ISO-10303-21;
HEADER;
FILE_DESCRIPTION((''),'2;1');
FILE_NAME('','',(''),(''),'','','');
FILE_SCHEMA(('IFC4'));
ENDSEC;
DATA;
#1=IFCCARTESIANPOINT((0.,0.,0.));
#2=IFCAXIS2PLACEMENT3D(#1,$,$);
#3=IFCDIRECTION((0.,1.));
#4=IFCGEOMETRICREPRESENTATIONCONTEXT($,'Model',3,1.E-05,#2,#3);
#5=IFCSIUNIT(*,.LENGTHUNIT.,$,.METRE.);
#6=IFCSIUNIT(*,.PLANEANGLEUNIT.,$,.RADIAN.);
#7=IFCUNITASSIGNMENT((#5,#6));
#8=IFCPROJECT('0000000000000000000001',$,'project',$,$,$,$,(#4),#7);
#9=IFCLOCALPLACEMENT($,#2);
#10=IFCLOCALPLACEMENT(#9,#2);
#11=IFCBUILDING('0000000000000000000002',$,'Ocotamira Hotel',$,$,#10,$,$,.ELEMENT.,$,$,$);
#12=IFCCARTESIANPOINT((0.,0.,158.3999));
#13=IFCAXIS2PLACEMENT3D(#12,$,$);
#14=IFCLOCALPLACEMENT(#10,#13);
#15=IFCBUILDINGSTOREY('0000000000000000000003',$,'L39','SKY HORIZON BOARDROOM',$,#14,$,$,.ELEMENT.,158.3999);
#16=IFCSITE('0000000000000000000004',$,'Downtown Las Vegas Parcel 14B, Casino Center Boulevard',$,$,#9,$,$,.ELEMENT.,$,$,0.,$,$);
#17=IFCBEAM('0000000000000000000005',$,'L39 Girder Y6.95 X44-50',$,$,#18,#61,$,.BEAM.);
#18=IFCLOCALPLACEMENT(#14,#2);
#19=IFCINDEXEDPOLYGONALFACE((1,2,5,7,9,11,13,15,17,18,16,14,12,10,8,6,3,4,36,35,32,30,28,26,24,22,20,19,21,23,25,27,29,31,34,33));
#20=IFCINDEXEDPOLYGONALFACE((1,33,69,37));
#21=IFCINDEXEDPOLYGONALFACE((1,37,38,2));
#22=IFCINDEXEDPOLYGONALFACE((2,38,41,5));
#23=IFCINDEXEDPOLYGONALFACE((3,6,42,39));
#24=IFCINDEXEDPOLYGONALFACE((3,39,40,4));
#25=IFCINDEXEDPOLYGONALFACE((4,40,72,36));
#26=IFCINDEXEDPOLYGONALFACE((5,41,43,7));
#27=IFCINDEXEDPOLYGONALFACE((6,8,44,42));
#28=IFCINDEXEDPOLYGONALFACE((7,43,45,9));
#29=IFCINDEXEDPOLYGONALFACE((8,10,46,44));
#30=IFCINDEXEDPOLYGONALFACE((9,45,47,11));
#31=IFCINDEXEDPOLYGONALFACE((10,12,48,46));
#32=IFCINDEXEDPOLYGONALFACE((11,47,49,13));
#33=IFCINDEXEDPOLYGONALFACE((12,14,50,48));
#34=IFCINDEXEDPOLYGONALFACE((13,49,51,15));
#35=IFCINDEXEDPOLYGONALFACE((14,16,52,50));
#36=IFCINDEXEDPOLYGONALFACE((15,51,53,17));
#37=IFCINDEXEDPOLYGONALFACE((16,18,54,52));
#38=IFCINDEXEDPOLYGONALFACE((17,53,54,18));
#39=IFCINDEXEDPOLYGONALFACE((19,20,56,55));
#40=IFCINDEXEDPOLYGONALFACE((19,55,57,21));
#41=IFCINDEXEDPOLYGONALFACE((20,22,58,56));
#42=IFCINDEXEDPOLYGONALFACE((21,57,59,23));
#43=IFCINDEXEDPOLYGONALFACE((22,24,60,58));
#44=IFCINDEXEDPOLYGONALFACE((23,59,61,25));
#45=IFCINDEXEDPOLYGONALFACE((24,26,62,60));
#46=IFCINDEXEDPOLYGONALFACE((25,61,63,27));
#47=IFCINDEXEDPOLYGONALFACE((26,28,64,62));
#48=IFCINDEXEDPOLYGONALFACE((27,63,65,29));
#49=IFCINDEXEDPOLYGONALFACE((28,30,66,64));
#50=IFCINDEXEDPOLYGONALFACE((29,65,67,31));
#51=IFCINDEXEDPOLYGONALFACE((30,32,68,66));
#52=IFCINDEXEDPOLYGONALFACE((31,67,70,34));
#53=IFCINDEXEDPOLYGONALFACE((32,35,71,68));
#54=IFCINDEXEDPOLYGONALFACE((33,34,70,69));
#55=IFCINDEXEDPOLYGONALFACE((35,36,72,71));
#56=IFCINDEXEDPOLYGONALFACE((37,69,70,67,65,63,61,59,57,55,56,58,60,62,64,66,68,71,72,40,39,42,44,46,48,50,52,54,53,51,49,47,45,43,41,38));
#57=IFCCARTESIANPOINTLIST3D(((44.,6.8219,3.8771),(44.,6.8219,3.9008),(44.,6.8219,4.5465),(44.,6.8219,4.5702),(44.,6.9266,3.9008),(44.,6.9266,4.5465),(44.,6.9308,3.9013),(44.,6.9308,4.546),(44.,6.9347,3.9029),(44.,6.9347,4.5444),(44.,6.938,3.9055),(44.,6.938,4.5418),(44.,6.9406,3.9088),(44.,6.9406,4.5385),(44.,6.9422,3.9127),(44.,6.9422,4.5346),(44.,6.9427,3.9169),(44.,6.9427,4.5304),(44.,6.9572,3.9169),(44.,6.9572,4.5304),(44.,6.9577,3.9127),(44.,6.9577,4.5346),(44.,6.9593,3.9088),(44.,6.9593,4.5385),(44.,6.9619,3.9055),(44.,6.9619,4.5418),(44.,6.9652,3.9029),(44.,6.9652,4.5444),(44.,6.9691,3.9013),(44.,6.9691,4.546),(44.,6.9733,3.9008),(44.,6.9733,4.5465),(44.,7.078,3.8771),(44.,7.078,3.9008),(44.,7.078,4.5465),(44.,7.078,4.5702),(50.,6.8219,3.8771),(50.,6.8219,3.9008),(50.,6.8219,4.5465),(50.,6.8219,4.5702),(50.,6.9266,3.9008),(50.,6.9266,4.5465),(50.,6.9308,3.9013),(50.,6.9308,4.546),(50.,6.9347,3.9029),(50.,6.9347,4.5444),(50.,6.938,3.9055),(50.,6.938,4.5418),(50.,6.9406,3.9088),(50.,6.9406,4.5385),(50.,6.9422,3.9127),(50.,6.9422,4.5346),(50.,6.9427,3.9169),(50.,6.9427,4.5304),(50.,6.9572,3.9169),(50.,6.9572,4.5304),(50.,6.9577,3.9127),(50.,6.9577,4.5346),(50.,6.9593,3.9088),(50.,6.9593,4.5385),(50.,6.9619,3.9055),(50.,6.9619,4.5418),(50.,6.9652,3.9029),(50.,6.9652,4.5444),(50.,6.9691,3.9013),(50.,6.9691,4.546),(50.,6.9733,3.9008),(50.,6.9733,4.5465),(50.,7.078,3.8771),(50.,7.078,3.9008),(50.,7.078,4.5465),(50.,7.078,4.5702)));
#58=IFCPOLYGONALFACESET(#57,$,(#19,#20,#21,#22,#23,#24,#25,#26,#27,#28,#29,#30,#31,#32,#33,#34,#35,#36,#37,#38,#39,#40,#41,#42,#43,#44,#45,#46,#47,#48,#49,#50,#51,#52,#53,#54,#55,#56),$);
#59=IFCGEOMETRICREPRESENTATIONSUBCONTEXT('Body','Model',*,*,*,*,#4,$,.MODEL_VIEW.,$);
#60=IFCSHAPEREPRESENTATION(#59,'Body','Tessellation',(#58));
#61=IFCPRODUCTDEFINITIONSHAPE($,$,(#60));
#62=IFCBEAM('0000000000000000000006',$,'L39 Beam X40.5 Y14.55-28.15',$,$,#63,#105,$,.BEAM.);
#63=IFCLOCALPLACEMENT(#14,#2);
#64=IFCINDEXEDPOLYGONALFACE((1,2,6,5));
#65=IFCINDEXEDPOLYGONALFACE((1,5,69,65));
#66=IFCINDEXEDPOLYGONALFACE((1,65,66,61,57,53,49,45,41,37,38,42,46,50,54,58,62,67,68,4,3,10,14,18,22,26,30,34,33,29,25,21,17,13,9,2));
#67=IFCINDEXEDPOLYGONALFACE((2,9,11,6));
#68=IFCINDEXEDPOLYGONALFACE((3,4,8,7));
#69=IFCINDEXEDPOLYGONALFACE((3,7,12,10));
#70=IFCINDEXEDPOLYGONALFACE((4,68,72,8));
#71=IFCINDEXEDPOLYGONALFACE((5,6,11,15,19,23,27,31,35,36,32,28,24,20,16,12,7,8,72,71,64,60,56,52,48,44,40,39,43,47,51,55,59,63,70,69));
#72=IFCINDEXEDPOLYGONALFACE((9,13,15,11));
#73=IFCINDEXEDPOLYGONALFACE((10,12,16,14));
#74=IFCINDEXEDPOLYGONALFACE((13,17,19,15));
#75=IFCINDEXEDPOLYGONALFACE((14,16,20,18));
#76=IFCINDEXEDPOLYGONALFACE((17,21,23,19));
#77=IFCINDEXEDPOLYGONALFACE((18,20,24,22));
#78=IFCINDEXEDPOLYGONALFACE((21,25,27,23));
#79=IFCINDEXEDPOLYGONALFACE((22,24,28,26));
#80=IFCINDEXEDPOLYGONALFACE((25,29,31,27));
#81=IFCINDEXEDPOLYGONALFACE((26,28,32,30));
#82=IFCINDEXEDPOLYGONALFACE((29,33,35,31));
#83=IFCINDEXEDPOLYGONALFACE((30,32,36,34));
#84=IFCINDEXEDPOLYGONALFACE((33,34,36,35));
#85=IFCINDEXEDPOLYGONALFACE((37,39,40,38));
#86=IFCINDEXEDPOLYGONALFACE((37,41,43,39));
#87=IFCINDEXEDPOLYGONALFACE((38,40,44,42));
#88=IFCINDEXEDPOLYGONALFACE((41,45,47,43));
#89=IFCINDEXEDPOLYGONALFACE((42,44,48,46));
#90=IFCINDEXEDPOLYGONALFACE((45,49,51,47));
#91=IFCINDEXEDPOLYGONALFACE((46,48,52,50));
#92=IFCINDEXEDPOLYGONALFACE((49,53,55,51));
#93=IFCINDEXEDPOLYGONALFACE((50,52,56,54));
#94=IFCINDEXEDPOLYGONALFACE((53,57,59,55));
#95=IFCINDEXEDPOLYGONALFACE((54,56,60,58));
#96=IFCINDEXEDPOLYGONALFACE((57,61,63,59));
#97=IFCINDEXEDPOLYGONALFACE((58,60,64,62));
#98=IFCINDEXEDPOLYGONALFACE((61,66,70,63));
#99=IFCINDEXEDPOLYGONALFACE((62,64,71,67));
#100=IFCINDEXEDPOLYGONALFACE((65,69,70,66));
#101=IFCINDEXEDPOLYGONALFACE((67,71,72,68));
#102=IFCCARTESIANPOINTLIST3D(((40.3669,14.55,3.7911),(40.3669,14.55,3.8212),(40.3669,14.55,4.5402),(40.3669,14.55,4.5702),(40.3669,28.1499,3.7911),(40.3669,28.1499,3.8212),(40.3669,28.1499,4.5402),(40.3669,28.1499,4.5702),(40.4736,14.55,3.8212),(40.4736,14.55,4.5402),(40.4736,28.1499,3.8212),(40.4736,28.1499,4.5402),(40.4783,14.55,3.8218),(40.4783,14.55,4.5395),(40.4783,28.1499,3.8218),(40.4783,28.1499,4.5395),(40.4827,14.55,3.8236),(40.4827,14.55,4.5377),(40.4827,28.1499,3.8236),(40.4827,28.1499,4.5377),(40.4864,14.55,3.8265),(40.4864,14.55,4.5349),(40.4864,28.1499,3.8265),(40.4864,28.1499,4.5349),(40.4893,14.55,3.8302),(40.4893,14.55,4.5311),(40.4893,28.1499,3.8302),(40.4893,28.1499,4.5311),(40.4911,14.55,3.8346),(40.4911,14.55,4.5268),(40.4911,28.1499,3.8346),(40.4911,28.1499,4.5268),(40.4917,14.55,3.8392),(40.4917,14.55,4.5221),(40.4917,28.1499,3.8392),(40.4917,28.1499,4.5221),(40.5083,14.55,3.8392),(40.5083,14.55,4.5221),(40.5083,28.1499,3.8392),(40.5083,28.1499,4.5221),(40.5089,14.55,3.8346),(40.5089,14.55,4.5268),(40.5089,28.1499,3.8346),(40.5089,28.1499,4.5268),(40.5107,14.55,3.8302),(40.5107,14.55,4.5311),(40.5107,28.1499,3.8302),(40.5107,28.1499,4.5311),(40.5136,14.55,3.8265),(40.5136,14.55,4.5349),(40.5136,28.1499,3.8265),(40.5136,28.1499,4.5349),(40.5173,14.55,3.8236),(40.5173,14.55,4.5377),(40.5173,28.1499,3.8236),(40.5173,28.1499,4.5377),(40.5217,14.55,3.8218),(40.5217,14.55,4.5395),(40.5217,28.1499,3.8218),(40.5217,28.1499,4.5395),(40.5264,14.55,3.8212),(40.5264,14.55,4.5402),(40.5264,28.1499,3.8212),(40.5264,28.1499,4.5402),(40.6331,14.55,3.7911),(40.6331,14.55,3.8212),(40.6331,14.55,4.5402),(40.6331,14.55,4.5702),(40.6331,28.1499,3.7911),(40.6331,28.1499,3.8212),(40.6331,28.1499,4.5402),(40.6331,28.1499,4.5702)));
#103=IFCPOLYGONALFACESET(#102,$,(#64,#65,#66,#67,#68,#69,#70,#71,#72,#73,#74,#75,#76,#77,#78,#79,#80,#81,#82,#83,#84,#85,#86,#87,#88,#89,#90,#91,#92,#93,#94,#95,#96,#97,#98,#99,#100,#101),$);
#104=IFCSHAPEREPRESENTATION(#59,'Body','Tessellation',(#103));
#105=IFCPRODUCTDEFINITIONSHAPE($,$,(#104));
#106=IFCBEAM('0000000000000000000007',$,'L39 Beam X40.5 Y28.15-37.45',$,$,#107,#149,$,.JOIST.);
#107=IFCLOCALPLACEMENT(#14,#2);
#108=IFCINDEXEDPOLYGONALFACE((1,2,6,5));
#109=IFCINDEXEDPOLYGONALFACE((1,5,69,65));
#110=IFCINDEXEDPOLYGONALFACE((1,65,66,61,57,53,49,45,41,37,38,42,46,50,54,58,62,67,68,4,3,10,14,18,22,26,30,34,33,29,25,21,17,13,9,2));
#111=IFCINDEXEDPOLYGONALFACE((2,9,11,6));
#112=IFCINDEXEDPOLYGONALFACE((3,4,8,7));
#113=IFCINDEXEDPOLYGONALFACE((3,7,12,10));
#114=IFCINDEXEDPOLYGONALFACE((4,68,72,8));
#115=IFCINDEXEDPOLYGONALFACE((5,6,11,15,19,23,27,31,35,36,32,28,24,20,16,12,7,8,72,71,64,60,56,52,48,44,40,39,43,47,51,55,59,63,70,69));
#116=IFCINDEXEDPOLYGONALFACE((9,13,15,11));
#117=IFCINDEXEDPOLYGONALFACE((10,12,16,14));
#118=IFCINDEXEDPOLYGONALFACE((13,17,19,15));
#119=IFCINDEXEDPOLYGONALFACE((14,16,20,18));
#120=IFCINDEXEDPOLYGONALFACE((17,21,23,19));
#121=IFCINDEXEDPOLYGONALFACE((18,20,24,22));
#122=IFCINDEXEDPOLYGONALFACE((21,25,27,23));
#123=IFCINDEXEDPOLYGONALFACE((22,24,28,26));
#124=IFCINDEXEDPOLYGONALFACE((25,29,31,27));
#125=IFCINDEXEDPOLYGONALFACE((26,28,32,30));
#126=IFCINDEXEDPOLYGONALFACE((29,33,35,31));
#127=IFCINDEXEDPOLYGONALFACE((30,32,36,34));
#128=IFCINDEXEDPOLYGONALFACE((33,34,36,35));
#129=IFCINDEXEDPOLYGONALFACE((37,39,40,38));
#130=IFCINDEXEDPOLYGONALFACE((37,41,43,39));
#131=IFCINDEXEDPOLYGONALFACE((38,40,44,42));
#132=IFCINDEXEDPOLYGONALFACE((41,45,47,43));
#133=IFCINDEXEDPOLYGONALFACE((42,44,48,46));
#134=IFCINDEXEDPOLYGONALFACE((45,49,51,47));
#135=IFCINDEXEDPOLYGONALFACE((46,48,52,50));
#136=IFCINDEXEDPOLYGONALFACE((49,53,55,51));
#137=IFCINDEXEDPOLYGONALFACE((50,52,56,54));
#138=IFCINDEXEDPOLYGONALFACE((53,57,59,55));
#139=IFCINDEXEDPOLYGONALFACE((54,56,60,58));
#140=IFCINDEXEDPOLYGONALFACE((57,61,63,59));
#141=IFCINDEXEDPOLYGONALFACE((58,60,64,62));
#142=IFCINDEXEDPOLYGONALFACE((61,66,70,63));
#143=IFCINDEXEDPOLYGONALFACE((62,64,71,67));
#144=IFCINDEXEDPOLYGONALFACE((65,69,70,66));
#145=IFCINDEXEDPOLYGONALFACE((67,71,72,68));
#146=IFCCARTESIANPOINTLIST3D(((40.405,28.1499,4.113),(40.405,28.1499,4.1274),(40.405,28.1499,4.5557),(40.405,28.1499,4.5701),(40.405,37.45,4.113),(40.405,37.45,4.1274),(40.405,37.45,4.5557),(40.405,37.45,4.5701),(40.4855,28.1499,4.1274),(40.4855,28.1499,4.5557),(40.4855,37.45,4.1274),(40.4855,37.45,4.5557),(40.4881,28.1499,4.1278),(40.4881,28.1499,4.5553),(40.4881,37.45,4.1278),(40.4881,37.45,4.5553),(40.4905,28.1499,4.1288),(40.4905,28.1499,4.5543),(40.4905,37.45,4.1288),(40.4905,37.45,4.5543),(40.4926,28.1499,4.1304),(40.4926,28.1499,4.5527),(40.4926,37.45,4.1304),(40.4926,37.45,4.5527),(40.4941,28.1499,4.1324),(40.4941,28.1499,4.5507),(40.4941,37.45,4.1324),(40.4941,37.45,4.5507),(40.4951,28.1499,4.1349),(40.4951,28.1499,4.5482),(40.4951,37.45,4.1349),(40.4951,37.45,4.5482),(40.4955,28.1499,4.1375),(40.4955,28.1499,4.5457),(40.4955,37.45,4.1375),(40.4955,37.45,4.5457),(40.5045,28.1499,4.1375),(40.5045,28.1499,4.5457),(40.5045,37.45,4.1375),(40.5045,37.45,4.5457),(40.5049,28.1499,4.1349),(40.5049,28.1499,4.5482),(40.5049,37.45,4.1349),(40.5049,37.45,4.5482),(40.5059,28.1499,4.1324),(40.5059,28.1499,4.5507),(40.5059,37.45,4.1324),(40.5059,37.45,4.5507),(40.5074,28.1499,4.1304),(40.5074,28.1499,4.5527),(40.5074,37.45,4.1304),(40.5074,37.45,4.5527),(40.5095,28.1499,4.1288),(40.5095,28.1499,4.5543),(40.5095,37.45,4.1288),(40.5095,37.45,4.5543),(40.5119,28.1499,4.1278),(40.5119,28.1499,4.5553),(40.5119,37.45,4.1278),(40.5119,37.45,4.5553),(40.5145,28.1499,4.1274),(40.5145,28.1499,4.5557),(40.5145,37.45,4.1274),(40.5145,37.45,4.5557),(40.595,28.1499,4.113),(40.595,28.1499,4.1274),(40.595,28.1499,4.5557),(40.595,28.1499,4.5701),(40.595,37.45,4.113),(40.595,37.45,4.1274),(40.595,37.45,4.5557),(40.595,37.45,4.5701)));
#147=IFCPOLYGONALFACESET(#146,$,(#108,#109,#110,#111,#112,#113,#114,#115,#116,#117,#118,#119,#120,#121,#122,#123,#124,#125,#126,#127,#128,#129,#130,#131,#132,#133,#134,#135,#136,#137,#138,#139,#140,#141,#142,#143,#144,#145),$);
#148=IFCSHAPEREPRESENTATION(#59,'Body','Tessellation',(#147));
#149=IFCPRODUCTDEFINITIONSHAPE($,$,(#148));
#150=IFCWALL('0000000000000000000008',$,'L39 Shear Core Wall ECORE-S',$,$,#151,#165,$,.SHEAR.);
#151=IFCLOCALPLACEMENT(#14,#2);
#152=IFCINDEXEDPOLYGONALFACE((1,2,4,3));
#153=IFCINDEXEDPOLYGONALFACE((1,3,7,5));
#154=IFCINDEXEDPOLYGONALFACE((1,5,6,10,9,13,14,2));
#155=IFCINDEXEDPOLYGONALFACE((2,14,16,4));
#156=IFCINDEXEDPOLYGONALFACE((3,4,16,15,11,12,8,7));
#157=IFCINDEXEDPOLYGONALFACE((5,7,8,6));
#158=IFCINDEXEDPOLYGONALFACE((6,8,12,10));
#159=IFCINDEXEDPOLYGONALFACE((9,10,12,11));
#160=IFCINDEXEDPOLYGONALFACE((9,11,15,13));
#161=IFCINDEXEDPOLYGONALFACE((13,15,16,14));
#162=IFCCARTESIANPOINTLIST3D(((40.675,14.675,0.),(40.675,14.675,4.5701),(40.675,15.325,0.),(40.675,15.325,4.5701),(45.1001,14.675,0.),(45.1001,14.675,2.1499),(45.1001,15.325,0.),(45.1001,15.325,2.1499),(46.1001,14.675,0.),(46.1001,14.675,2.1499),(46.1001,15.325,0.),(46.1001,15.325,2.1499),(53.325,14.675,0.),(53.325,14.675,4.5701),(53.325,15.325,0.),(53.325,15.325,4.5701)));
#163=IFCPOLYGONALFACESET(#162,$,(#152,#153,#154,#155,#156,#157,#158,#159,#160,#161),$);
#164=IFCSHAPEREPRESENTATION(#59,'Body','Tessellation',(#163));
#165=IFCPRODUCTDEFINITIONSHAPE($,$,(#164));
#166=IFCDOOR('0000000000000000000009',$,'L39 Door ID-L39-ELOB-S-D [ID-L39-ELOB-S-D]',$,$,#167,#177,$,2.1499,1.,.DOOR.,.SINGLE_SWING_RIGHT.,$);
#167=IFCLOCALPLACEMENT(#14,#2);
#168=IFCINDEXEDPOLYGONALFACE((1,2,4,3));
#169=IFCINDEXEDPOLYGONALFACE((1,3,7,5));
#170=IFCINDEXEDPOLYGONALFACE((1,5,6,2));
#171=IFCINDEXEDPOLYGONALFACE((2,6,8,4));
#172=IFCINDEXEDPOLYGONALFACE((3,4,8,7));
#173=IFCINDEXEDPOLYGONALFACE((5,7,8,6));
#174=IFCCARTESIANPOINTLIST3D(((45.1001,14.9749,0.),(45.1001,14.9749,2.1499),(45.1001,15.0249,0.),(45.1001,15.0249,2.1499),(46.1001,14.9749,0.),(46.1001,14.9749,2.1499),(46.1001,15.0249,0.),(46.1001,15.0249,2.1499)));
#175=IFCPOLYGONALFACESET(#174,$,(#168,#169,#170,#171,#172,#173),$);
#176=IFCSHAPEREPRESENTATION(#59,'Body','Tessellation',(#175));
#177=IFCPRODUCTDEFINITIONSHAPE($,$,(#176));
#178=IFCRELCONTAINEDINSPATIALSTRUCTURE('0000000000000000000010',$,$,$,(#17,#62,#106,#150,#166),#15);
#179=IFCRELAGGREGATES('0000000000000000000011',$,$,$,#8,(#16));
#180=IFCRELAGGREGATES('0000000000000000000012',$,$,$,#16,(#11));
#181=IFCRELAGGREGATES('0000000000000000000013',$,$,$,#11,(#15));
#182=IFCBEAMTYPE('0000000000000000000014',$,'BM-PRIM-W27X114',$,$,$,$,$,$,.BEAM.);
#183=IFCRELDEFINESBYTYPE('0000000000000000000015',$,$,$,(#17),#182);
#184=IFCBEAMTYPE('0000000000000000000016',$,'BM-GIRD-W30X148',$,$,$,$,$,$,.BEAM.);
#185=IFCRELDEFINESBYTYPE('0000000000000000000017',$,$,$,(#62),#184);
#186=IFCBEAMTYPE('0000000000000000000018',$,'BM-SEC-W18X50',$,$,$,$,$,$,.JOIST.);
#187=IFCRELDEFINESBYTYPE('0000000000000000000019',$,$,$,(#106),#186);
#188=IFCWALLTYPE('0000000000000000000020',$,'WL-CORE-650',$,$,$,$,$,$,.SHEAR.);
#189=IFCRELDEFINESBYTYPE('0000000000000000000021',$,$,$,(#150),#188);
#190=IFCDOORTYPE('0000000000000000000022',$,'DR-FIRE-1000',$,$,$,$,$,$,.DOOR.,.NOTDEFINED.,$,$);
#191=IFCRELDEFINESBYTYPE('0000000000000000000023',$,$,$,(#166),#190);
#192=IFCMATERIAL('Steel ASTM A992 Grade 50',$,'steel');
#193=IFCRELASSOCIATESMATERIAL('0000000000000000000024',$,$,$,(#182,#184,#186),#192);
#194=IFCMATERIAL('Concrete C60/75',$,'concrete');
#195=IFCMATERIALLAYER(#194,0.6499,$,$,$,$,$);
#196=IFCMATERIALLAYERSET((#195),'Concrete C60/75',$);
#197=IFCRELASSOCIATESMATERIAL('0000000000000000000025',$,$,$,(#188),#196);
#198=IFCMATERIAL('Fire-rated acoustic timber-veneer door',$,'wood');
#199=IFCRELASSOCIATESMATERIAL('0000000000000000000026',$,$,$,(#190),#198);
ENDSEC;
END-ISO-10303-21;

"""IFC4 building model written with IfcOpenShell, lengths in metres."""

from ifc_helpers import new_model, si_unit, direction, frame, frame_2d, origin, origin_2d, place, context, subcontext, project, spatial, rectangle, i_section, extrude, source, transform, mapped, material, layer, layer_set, material_profile, profile_set, type_object, element, fill, save


model = new_model("IFC4")

# Units and contexts
model_context = context("Model", 3, precision=1e-05, world=origin(), true_north=direction((0.0, 1.0)))
body_context = subcontext(model_context, "Body", "Model", "MODEL_VIEW")
ifc_project = project(units=[si_unit("LENGTHUNIT", "METRE"), si_unit("PLANEANGLEUNIT", "RADIAN")], contexts=[model_context])

# Site, building, storey
site_placement = place(None, origin())
site = spatial("IfcSite", under=ifc_project, at=site_placement, Name="Downtown Las Vegas Parcel 14B, Casino Center Boulevard", CompositionType="ELEMENT", RefElevation=0.0)
building_placement = place(site_placement, origin())
building = spatial("IfcBuilding", under=site, at=building_placement, Name="Ocotamira Hotel", CompositionType="ELEMENT")
storey_placement = place(building_placement, frame((0.0, 0.0, 158.3999)))
storey = spatial("IfcBuildingStorey", under=building, at=storey_placement, Name="L39", Description="SKY HORIZON BOARDROOM", CompositionType="ELEMENT", Elevation=158.3999)

# Beams
ifc_material_1 = material(Name="Steel ASTM A992 Grade 50", Category="steel")
ifc_material_profile_1 = material_profile(ifc_material_1, i_section(OverallWidth=0.2561, OverallDepth=0.6931, WebThickness=0.0144, FlangeThickness=0.0237, FilletRadius=0.0161, at=origin_2d()), Name="W27X114")
ifc_profile_set_1 = profile_set([ifc_material_profile_1], Name="Steel ASTM A992 Grade 50")
beam_type_1 = type_object("IfcBeamType", Name="BM-PRIM-W27X114", PredefinedType="BEAM", material=ifc_profile_set_1)
shared_shape_1 = source(origin(), body_context, "Body", "SweptSolid", [
    extrude(i_section(OverallWidth=0.2561, OverallDepth=0.6931, WebThickness=0.0144, FlangeThickness=0.0237, FilletRadius=0.0161, at=origin_2d()), origin(), (0.0, 0.0, 1.0), 6.0),
])
beam_1_placement = place(storey_placement, frame((44.0, 6.95, 4.2236), z_axis=(1.0, 0.0, 0.0), x_axis=(0.0, 1.0, 0.0)))
element("IfcBeam", 1, at=beam_1_placement, inside=storey, type_object=beam_type_1, Name="L39 Girder Y6.95 X44-50", PredefinedType="BEAM", context=body_context, shape_type="MappedRepresentation", body=[
    mapped(shared_shape_1, transform((0.0, 0.0, 0.0), scale=1.0)),
])
ifc_material_profile_2 = material_profile(ifc_material_1, i_section(OverallWidth=0.2661, OverallDepth=0.7791, WebThickness=0.0166, FlangeThickness=0.03, FilletRadius=0.0181, at=origin_2d()), Name="W30X148")
ifc_profile_set_2 = profile_set([ifc_material_profile_2], Name="Steel ASTM A992 Grade 50")
beam_type_2 = type_object("IfcBeamType", Name="BM-GIRD-W30X148", PredefinedType="BEAM", material=ifc_profile_set_2)
shared_shape_2 = source(origin(), body_context, "Body", "SweptSolid", [
    extrude(i_section(OverallWidth=0.2661, OverallDepth=0.7791, WebThickness=0.0166, FlangeThickness=0.03, FilletRadius=0.0181, at=origin_2d()), origin(), (0.0, 0.0, 1.0), 13.5999),
])
beam_2_placement = place(storey_placement, frame((40.5, 14.55, 4.1807), z_axis=(0.0, 1.0, 0.0), x_axis=(-1.0, 0.0, 0.0)))
element("IfcBeam", 2, at=beam_2_placement, inside=storey, type_object=beam_type_2, Name="L39 Beam X40.5 Y14.55-28.15", PredefinedType="BEAM", context=body_context, shape_type="MappedRepresentation", body=[
    mapped(shared_shape_2, transform((0.0, 0.0, 0.0), scale=1.0)),
])
ifc_material_profile_3 = material_profile(ifc_material_1, i_section(OverallWidth=0.1899, OverallDepth=0.457, WebThickness=0.009, FlangeThickness=0.0144, FilletRadius=0.01, at=origin_2d()), Name="W18X50")
ifc_profile_set_3 = profile_set([ifc_material_profile_3], Name="Steel ASTM A992 Grade 50")
beam_type_3 = type_object("IfcBeamType", Name="BM-SEC-W18X50", PredefinedType="JOIST", material=ifc_profile_set_3)
shared_shape_3 = source(origin(), body_context, "Body", "SweptSolid", [
    extrude(i_section(OverallWidth=0.1899, OverallDepth=0.457, WebThickness=0.009, FlangeThickness=0.0144, FilletRadius=0.01, at=origin_2d()), origin(), (0.0, 0.0, 1.0), 9.3),
])
beam_3_placement = place(storey_placement, frame((40.5, 28.1499, 4.3416), z_axis=(0.0, 1.0, 0.0), x_axis=(-1.0, 0.0, 0.0)))
element("IfcBeam", 3, at=beam_3_placement, inside=storey, type_object=beam_type_3, Name="L39 Beam X40.5 Y28.15-37.45", PredefinedType="JOIST", context=body_context, shape_type="MappedRepresentation", body=[
    mapped(shared_shape_3, transform((0.0, 0.0, 0.0), scale=1.0)),
])

# Wall, opening, door
ifc_material_2 = material(Name="Concrete C60/75", Category="concrete")
ifc_layer_1 = layer(ifc_material_2, 0.6499)
ifc_layer_set_1 = layer_set([ifc_layer_1], Name="Concrete C60/75")
wall_type_1 = type_object("IfcWallType", Name="WL-CORE-650", PredefinedType="SHEAR", material=ifc_layer_set_1)
wall_1_placement = place(storey_placement, frame((40.675, 15.0, 0.0), z_axis=(0.0, 0.0, 1.0), x_axis=(1.0, 0.0, 0.0)))
wall_1 = element("IfcWall", 4, at=wall_1_placement, inside=storey, type_object=wall_type_1, Name="L39 Shear Core Wall ECORE-S", PredefinedType="SHEAR", context=body_context, shape_type="SweptSolid", body=[
    extrude(rectangle(XDim=12.6499, YDim=0.6499, at=frame_2d((6.325, 0.0))), origin(), (0.0, 0.0, 1.0), 4.5701),
])
opening_1_placement = place(wall_1_placement, frame((4.425, 0.0, 0.0)))
opening_1 = element("IfcOpeningElement", 5, at=opening_1_placement, cuts=wall_1, PredefinedType="OPENING", context=body_context, shape_type="SweptSolid", body=[
    extrude(rectangle(XDim=1.0, YDim=2.1499, at=frame_2d((0.5, 1.075))), frame((0.0, 0.335, 0.0), z_axis=(0.0, -1.0, 0.0), x_axis=(1.0, 0.0, 0.0)), (0.0, 0.0, 1.0), 0.6699),
])
ifc_material_3 = material(Name="Fire-rated acoustic timber-veneer door", Category="wood")
door_type_1 = type_object("IfcDoorType", Name="DR-FIRE-1000", OperationType="NOTDEFINED", PredefinedType="DOOR", material=ifc_material_3)
shared_shape_4 = source(origin(), body_context, "Body", "SweptSolid", [
    extrude(rectangle(XDim=1.0, YDim=2.1499, at=frame_2d((0.5, 1.075))), frame((0.0, 0.0249, 0.0), z_axis=(0.0, -1.0, 0.0), x_axis=(1.0, 0.0, 0.0)), (0.0, 0.0, 1.0), 0.05),
])
door_1_placement = place(opening_1_placement, origin())
door_1 = element("IfcDoor", 6, at=door_1_placement, inside=storey, type_object=door_type_1, Name="L39 Door ID-L39-ELOB-S-D [ID-L39-ELOB-S-D]", OperationType="SINGLE_SWING_RIGHT", OverallHeight=2.1499, OverallWidth=1.0, PredefinedType="DOOR", context=body_context, shape_type="MappedRepresentation", body=[
    mapped(shared_shape_4, transform((0.0, 0.0, 0.0), scale=1.0)),
])
fill(opening_1, door_1)

save(model, "model.ifc")
